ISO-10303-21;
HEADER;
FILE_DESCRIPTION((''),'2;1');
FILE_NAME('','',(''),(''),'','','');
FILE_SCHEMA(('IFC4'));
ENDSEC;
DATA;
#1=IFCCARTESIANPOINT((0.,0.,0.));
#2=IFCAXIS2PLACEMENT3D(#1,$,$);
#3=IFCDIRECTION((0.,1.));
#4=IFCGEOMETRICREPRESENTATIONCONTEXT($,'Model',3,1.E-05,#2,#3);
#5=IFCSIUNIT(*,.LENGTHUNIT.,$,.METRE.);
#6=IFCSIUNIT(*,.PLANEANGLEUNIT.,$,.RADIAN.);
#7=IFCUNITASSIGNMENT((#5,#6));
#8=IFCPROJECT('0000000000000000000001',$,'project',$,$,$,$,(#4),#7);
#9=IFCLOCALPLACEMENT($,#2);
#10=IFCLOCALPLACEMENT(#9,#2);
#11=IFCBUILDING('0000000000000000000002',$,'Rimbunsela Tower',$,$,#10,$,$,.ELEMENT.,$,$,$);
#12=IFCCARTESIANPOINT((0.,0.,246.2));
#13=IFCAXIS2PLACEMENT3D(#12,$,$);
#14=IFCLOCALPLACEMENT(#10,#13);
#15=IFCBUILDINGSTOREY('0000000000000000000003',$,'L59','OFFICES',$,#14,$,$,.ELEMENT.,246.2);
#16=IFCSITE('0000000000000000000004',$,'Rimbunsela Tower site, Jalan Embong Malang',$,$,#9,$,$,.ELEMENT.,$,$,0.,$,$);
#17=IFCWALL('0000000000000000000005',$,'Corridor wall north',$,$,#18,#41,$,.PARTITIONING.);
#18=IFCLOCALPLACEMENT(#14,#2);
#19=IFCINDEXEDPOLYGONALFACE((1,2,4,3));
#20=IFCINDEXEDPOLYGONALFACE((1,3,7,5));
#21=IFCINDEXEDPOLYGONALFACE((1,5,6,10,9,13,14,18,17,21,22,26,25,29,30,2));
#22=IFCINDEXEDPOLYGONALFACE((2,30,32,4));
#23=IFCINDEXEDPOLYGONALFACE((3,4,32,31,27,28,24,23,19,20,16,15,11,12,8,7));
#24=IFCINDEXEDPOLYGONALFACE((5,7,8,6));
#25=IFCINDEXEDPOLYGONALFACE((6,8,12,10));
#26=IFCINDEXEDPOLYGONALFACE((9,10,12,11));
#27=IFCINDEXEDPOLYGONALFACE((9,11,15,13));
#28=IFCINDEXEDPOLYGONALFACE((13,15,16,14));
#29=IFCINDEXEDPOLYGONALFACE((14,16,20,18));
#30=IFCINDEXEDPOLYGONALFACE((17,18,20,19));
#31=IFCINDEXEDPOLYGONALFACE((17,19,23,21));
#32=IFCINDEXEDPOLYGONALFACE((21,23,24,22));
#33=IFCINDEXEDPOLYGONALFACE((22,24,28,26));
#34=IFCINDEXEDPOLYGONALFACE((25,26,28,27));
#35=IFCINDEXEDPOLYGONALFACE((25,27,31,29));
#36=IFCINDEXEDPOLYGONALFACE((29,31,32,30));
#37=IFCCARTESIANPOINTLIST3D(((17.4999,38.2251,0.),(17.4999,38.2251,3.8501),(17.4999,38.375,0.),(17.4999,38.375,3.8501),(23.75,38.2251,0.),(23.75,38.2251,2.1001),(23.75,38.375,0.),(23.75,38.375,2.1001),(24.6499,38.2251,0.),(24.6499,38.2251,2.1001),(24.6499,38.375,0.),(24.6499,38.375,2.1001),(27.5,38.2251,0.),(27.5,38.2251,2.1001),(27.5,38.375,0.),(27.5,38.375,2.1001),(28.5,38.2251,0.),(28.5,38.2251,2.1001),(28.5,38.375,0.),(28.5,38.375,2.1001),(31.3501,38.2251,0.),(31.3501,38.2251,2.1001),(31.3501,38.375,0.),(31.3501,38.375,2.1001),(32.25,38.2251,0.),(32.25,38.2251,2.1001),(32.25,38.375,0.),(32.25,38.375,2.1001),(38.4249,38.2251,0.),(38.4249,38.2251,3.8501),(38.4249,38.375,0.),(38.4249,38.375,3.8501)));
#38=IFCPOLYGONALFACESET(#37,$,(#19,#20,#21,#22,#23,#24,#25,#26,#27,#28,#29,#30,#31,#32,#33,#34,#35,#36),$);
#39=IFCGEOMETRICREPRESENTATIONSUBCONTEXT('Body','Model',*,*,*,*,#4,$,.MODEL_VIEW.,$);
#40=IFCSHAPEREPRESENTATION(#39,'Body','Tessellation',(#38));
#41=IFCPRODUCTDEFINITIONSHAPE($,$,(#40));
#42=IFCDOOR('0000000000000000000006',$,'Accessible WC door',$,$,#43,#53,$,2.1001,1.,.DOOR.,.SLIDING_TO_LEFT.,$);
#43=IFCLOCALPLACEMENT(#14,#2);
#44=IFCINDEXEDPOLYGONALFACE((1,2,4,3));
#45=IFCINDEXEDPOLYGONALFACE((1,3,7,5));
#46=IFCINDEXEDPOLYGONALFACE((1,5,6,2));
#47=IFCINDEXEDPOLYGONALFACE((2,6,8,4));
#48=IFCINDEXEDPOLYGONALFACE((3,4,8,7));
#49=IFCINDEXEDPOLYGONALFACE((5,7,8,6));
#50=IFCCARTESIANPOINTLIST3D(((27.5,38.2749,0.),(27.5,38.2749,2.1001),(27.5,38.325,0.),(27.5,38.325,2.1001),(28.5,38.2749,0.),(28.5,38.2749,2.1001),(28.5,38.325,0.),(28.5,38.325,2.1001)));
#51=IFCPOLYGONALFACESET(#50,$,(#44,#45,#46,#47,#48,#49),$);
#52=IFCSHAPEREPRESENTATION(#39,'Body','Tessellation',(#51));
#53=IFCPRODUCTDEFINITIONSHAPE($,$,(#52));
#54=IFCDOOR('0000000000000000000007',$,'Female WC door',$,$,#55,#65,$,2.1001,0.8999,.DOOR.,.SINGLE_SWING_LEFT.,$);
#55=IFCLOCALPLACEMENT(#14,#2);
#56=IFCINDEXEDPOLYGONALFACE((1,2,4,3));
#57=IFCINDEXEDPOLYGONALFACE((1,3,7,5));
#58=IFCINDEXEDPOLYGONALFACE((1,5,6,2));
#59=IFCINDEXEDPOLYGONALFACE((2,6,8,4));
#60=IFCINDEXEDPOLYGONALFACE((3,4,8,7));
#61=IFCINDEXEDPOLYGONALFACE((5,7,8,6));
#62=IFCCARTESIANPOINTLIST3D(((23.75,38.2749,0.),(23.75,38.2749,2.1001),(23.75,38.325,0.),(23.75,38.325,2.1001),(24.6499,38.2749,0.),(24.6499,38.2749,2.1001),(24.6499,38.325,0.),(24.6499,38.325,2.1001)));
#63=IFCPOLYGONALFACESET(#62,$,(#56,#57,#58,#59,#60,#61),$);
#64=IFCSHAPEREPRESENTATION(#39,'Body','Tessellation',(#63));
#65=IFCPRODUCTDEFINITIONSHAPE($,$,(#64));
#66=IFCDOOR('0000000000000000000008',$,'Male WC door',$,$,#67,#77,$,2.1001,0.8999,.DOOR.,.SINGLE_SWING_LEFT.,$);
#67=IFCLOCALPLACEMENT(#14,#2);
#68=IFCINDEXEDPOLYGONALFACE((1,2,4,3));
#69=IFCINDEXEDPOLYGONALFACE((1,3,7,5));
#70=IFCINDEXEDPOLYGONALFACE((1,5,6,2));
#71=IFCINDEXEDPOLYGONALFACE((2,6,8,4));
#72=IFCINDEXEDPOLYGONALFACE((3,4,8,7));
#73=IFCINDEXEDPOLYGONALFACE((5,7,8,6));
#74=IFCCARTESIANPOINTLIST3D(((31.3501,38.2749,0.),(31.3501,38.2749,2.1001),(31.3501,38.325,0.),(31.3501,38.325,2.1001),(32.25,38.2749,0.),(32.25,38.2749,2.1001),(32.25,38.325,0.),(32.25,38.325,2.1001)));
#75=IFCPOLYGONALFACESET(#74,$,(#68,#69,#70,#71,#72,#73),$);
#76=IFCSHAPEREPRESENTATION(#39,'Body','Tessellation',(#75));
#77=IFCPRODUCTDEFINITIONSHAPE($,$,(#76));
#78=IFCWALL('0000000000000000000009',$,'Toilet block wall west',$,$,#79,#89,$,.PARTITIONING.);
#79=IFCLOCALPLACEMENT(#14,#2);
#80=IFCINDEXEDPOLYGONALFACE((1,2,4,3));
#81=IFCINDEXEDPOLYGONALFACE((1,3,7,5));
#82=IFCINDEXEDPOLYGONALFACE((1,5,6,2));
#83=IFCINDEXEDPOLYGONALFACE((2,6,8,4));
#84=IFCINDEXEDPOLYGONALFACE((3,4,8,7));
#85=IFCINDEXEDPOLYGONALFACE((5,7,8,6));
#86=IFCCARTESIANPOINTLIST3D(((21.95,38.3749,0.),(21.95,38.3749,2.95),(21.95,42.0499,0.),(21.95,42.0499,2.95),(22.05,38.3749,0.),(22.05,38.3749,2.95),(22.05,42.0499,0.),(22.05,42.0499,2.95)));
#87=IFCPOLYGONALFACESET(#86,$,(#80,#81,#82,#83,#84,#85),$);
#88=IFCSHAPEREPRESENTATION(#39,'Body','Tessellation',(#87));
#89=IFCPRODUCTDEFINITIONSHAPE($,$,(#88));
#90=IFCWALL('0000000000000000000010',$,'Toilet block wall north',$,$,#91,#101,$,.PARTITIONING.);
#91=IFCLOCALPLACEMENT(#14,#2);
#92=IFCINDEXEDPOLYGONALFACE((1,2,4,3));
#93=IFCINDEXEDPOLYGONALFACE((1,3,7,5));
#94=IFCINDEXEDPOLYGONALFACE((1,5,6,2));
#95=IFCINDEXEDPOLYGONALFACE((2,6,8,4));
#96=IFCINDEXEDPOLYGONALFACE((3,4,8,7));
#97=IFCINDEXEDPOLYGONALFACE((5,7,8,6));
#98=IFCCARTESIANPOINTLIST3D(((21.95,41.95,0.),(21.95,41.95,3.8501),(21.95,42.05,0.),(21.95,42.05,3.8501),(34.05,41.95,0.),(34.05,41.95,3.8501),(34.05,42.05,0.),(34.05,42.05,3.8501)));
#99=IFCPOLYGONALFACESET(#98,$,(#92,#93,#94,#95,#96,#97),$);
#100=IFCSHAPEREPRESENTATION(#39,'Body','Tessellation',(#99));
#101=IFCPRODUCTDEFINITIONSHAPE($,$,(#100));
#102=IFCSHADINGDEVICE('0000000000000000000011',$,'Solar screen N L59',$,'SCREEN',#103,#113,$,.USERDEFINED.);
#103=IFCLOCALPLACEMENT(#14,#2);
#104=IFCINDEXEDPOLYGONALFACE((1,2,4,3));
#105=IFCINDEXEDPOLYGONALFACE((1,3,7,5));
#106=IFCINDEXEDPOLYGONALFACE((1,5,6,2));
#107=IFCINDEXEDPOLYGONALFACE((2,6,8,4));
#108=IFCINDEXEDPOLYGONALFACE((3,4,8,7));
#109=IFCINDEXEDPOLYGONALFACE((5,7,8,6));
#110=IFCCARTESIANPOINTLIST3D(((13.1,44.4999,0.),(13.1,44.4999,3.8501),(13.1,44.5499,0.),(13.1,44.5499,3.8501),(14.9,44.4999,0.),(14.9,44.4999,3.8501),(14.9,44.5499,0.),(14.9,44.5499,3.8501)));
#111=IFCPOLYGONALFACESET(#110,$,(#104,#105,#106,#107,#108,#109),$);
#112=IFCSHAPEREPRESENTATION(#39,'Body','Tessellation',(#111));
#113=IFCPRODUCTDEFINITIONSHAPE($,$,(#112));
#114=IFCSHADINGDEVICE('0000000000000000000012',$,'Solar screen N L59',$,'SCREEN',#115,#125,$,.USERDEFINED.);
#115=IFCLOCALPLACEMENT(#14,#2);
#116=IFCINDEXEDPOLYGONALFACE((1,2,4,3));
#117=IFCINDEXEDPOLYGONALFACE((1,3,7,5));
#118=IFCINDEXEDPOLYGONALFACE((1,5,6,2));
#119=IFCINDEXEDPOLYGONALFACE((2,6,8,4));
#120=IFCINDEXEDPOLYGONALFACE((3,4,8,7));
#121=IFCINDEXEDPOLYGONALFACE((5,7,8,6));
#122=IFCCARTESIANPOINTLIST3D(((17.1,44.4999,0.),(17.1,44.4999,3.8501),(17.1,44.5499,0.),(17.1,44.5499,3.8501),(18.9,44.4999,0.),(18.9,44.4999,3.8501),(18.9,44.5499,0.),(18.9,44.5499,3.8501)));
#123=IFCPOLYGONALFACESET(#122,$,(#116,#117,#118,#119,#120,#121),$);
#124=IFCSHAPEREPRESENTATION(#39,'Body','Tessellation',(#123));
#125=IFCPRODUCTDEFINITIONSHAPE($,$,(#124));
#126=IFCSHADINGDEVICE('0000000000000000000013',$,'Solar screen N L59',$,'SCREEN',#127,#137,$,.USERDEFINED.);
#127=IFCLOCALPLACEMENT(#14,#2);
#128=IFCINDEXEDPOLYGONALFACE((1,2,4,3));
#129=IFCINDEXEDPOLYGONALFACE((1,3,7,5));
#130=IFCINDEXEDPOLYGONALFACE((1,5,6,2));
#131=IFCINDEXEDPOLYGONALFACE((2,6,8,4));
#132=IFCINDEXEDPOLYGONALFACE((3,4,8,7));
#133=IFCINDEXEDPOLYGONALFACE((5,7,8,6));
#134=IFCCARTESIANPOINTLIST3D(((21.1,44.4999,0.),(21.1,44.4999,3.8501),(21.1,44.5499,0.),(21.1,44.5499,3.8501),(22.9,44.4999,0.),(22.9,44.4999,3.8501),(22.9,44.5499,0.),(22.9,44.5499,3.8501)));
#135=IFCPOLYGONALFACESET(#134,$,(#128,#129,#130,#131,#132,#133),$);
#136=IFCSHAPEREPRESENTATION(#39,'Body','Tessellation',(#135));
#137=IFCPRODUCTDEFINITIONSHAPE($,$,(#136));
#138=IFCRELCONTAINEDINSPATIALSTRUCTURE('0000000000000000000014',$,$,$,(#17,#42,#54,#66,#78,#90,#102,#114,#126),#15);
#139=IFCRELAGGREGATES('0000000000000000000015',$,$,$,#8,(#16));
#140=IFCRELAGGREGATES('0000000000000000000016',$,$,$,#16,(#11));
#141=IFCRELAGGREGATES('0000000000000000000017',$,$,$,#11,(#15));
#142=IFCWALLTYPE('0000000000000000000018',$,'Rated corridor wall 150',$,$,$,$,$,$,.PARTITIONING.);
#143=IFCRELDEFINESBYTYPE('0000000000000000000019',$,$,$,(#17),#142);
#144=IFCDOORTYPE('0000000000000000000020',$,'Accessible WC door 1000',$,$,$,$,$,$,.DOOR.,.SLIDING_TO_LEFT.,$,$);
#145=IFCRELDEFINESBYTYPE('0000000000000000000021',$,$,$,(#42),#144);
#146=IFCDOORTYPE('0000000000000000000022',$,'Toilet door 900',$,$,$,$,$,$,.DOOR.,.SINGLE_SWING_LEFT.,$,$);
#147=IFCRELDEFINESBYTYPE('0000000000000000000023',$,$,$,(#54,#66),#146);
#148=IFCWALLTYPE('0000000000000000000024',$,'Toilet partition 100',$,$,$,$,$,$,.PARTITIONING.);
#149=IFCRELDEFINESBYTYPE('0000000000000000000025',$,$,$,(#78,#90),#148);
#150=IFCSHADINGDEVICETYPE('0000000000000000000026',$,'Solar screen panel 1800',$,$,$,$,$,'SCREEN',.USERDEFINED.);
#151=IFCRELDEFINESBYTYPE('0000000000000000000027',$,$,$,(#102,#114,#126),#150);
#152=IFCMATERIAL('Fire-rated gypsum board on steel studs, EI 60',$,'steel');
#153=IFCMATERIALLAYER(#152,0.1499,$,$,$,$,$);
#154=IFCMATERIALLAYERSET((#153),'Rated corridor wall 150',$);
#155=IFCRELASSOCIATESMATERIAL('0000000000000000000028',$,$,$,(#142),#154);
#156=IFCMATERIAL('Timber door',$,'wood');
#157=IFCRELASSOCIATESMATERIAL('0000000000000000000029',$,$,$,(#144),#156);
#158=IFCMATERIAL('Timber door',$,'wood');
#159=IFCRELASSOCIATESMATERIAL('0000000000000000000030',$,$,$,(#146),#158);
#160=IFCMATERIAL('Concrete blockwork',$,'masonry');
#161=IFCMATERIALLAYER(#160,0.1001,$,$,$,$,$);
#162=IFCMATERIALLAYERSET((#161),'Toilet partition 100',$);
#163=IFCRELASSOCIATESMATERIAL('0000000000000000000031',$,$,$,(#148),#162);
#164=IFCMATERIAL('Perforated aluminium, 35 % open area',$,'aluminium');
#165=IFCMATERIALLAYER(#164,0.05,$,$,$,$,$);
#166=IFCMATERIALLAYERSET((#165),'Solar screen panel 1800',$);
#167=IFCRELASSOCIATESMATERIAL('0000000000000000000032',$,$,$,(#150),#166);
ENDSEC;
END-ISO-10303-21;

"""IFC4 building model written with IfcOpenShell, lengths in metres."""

from ifc_helpers import new_model, si_unit, direction, frame, frame_2d, origin, origin_2d, place, context, subcontext, project, spatial, rectangle, extrude, material, layer, layer_set, type_object, element, fill, save


model = new_model("IFC4")

# Units and contexts
model_context = context("Model", 3, precision=1e-05, world=origin(), true_north=direction((0.0, 1.0)))
body_context = subcontext(model_context, "Body", "Model", "MODEL_VIEW")
ifc_project = project(units=[si_unit("LENGTHUNIT", "METRE"), si_unit("PLANEANGLEUNIT", "RADIAN")], contexts=[model_context])

# Site, building, storey
site_placement = place(None, origin())
site = spatial("IfcSite", under=ifc_project, at=site_placement, Name="Rimbunsela Tower site, Jalan Embong Malang", CompositionType="ELEMENT", RefElevation=0.0)
building_placement = place(site_placement, origin())
building = spatial("IfcBuilding", under=site, at=building_placement, Name="Rimbunsela Tower", CompositionType="ELEMENT")
storey_placement = place(building_placement, frame((0.0, 0.0, 246.2)))
storey = spatial("IfcBuildingStorey", under=building, at=storey_placement, Name="L59", Description="OFFICES", CompositionType="ELEMENT", Elevation=246.2)

# Shared definitions
ifc_material_1 = material(Name="Fire-rated gypsum board on steel studs, EI 60", Category="steel")
ifc_layer_1 = layer(ifc_material_1, 0.1499)
ifc_layer_set_1 = layer_set([ifc_layer_1], Name="Rated corridor wall 150")
wall_type_1 = type_object("IfcWallType", Name="Rated corridor wall 150", PredefinedType="PARTITIONING", material=ifc_layer_set_1)

# Wall, openings, doors
wall_1_placement = place(storey_placement, frame((17.5, 38.3, 0.0), z_axis=(0.0, 0.0, 1.0), x_axis=(1.0, 0.0, 0.0)))
wall_1 = element("IfcWall", 1, at=wall_1_placement, inside=storey, type_object=wall_type_1, Name="Corridor wall north", PredefinedType="PARTITIONING", context=body_context, shape_type="SweptSolid", body=[
    extrude(rectangle(XDim=20.925, YDim=0.1499, at=frame_2d((10.4624, 0.0))), origin(), (0.0, 0.0, 1.0), 3.8501),
])
opening_1_placement = place(wall_1_placement, frame((6.25, 0.0, 0.0)))
opening_1 = element("IfcOpeningElement", 2, at=opening_1_placement, cuts=wall_1, PredefinedType="OPENING", context=body_context, shape_type="SweptSolid", body=[
    extrude(rectangle(XDim=0.8999, YDim=2.1001, at=frame_2d((0.45, 1.05))), frame((0.0, 0.085, 0.0), z_axis=(0.0, -1.0, 0.0), x_axis=(1.0, 0.0, 0.0)), (0.0, 0.0, 1.0), 0.1699),
])
opening_2_placement = place(wall_1_placement, frame((10.0, 0.0, 0.0)))
opening_2 = element("IfcOpeningElement", 3, at=opening_2_placement, cuts=wall_1, PredefinedType="OPENING", context=body_context, shape_type="SweptSolid", body=[
    extrude(rectangle(XDim=1.0, YDim=2.1001, at=frame_2d((0.5, 1.05))), frame((0.0, 0.085, 0.0), z_axis=(0.0, -1.0, 0.0), x_axis=(1.0, 0.0, 0.0)), (0.0, 0.0, 1.0), 0.1699),
])
opening_3_placement = place(wall_1_placement, frame((13.8501, 0.0, 0.0)))
opening_3 = element("IfcOpeningElement", 4, at=opening_3_placement, cuts=wall_1, PredefinedType="OPENING", context=body_context, shape_type="SweptSolid", body=[
    extrude(rectangle(XDim=0.8999, YDim=2.1001, at=frame_2d((0.45, 1.05))), frame((0.0, 0.085, 0.0), z_axis=(0.0, -1.0, 0.0), x_axis=(1.0, 0.0, 0.0)), (0.0, 0.0, 1.0), 0.1699),
])
ifc_material_2 = material(Name="Timber door", Category="wood")
door_type_1 = type_object("IfcDoorType", Name="Accessible WC door 1000", OperationType="SLIDING_TO_LEFT", PredefinedType="DOOR", material=ifc_material_2)
door_1_placement = place(opening_2_placement, origin())
door_1 = element("IfcDoor", 5, at=door_1_placement, inside=storey, type_object=door_type_1, Name="Accessible WC door", OperationType="SLIDING_TO_LEFT", OverallHeight=2.1001, OverallWidth=1.0, PredefinedType="DOOR", context=body_context, shape_type="SweptSolid", body=[
    extrude(rectangle(XDim=1.0, YDim=2.1001, at=frame_2d((0.5, 1.05))), frame((0.0, 0.0249, 0.0), z_axis=(0.0, -1.0, 0.0), x_axis=(1.0, 0.0, 0.0)), (0.0, 0.0, 1.0), 0.05),
])
fill(opening_2, door_1)
ifc_material_3 = material(Name="Timber door", Category="wood")
door_type_2 = type_object("IfcDoorType", Name="Toilet door 900", OperationType="SINGLE_SWING_LEFT", PredefinedType="DOOR", material=ifc_material_3)
door_2_placement = place(opening_1_placement, origin())
door_2 = element("IfcDoor", 6, at=door_2_placement, inside=storey, type_object=door_type_2, Name="Female WC door", OperationType="SINGLE_SWING_LEFT", OverallHeight=2.1001, OverallWidth=0.8999, PredefinedType="DOOR", context=body_context, shape_type="SweptSolid", body=[
    extrude(rectangle(XDim=0.8999, YDim=2.1001, at=frame_2d((0.45, 1.05))), frame((0.0, 0.0249, 0.0), z_axis=(0.0, -1.0, 0.0), x_axis=(1.0, 0.0, 0.0)), (0.0, 0.0, 1.0), 0.05),
])
fill(opening_1, door_2)
door_3_placement = place(opening_3_placement, origin())
door_3 = element("IfcDoor", 7, at=door_3_placement, inside=storey, type_object=door_type_2, Name="Male WC door", OperationType="SINGLE_SWING_LEFT", OverallHeight=2.1001, OverallWidth=0.8999, PredefinedType="DOOR", context=body_context, shape_type="SweptSolid", body=[
    extrude(rectangle(XDim=0.8999, YDim=2.1001, at=frame_2d((0.45, 1.05))), frame((0.0, 0.0249, 0.0), z_axis=(0.0, -1.0, 0.0), x_axis=(1.0, 0.0, 0.0)), (0.0, 0.0, 1.0), 0.05),
])
fill(opening_3, door_3)

# Walls
ifc_material_4 = material(Name="Concrete blockwork", Category="masonry")
ifc_layer_2 = layer(ifc_material_4, 0.1001)
ifc_layer_set_2 = layer_set([ifc_layer_2], Name="Toilet partition 100")
wall_type_2 = type_object("IfcWallType", Name="Toilet partition 100", PredefinedType="PARTITIONING", material=ifc_layer_set_2)
wall_2_placement = place(storey_placement, frame((22.0, 38.375, 0.0), z_axis=(0.0, 0.0, 1.0), x_axis=(0.0, 1.0, 0.0)))
element("IfcWall", 8, at=wall_2_placement, inside=storey, type_object=wall_type_2, Name="Toilet block wall west", PredefinedType="PARTITIONING", context=body_context, shape_type="SweptSolid", body=[
    extrude(rectangle(XDim=3.675, YDim=0.1001, at=frame_2d((1.8374, 0.0))), origin(), (0.0, 0.0, 1.0), 2.95),
])
wall_3_placement = place(storey_placement, frame((21.95, 42.0, 0.0), z_axis=(0.0, 0.0, 1.0), x_axis=(1.0, 0.0, 0.0)))
element("IfcWall", 9, at=wall_3_placement, inside=storey, type_object=wall_type_2, Name="Toilet block wall north", PredefinedType="PARTITIONING", context=body_context, shape_type="SweptSolid", body=[
    extrude(rectangle(XDim=12.1001, YDim=0.1001, at=frame_2d((6.05, 0.0))), origin(), (0.0, 0.0, 1.0), 3.8501),
])

# Shading devices
ifc_material_5 = material(Name="Perforated aluminium, 35 % open area", Category="aluminium")
ifc_layer_3 = layer(ifc_material_5, 0.05)
ifc_layer_set_3 = layer_set([ifc_layer_3], Name="Solar screen panel 1800")
shading_device_type = type_object("IfcShadingDeviceType", Name="Solar screen panel 1800", ElementType="SCREEN", PredefinedType="USERDEFINED", material=ifc_layer_set_3)
for number, where, z_axis, x_axis, name in (
    (10, (14.0, 44.5249, 0.0), (0.0, 0.0, 1.0), (1.0, 0.0, 0.0), "Solar screen N L59"),
    (11, (18.0, 44.5249, 0.0), (0.0, 0.0, 1.0), (1.0, 0.0, 0.0), "Solar screen N L59"),
    (12, (22.0, 44.5249, 0.0), (0.0, 0.0, 1.0), (1.0, 0.0, 0.0), "Solar screen N L59"),
):
    element("IfcShadingDevice", number, at=place(storey_placement, frame(where, z_axis=z_axis, x_axis=x_axis)), inside=storey, type_object=shading_device_type, Name=name, ObjectType="SCREEN", PredefinedType="USERDEFINED", context=body_context, shape_type="SweptSolid", body=[
        extrude(rectangle(XDim=1.8, YDim=0.05, at=origin_2d()), origin(), (0.0, 0.0, 1.0), 3.8501),
    ])

save(model, "model.ifc")
